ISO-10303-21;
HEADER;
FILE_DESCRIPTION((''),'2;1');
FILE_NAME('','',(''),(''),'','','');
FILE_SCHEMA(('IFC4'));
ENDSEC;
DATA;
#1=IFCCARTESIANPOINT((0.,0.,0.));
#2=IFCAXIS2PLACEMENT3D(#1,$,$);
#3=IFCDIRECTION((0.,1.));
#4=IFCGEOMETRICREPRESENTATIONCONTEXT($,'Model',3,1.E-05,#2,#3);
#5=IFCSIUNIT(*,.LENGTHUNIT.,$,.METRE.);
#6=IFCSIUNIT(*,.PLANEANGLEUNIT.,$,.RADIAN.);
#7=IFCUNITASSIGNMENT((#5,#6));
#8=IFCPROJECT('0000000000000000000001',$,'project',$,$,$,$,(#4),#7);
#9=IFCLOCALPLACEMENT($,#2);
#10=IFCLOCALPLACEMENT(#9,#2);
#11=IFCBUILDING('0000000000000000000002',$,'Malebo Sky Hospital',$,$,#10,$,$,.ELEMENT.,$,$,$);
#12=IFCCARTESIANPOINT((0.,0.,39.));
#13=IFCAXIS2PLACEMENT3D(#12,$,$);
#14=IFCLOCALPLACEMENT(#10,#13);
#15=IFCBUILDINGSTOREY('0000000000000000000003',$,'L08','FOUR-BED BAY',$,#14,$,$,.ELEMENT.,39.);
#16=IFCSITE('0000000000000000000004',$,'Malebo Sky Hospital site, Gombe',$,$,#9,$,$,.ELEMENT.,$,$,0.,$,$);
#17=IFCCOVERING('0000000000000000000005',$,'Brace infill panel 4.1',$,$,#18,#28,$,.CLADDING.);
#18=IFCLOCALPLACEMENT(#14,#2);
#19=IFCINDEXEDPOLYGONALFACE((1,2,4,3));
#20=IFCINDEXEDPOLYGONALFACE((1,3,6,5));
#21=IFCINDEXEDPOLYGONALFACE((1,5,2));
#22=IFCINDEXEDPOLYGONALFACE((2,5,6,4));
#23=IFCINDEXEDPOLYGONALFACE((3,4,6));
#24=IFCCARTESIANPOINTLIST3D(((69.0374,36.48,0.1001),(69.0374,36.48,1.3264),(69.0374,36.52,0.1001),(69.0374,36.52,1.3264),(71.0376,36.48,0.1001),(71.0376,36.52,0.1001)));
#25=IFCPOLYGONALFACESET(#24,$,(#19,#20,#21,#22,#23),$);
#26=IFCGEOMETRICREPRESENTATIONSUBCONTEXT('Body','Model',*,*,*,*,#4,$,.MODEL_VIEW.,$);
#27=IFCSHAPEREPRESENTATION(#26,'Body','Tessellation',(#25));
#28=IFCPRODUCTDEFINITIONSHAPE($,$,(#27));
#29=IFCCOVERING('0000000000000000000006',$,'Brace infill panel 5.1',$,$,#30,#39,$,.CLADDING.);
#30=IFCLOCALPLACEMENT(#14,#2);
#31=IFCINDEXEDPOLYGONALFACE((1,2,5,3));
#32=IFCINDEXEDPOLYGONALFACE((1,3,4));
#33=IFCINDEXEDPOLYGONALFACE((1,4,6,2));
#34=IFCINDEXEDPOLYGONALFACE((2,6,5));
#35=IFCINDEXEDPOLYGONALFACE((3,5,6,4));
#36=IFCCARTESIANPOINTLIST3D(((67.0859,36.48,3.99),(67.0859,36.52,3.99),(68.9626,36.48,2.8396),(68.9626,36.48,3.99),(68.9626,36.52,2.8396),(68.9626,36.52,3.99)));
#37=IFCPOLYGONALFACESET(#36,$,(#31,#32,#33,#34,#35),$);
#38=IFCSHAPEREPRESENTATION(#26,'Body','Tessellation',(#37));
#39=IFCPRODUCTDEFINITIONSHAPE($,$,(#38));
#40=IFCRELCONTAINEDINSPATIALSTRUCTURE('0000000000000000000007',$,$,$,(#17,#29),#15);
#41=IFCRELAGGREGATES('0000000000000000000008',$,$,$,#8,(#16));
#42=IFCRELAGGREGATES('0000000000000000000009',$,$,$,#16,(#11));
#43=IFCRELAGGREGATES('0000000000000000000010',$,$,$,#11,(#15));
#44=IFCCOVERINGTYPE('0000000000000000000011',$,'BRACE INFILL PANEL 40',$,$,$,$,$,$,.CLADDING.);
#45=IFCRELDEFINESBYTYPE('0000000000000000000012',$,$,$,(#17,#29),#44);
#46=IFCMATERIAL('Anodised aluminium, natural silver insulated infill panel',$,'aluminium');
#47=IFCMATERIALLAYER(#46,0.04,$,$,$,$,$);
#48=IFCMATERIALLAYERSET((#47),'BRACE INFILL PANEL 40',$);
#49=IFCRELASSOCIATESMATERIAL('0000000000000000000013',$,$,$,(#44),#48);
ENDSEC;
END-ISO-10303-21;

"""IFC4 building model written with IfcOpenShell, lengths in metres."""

from ifc_helpers import new_model, si_unit, direction, frame, origin, place, context, subcontext, project, spatial, polyline, outline, extrude, material, layer, layer_set, type_object, element, save


model = new_model("IFC4")

# Units and contexts
model_context = context("Model", 3, precision=1e-05, world=origin(), true_north=direction((0.0, 1.0)))
body_context = subcontext(model_context, "Body", "Model", "MODEL_VIEW")
ifc_project = project(units=[si_unit("LENGTHUNIT", "METRE"), si_unit("PLANEANGLEUNIT", "RADIAN")], contexts=[model_context])

# Site, building, storey
site_placement = place(None, origin())
site = spatial("IfcSite", under=ifc_project, at=site_placement, Name="Malebo Sky Hospital site, Gombe", CompositionType="ELEMENT", RefElevation=0.0)
building_placement = place(site_placement, origin())
building = spatial("IfcBuilding", under=site, at=building_placement, Name="Malebo Sky Hospital", CompositionType="ELEMENT")
storey_placement = place(building_placement, frame((0.0, 0.0, 39.0)))
storey = spatial("IfcBuildingStorey", under=building, at=storey_placement, Name="L08", Description="FOUR-BED BAY", CompositionType="ELEMENT", Elevation=39.0)

# Coverings
ifc_material_1 = material(Name="Anodised aluminium, natural silver insulated infill panel", Category="aluminium")
ifc_layer_1 = layer(ifc_material_1, 0.04)
ifc_layer_set_1 = layer_set([ifc_layer_1], Name="BRACE INFILL PANEL 40")
covering_type = type_object("IfcCoveringType", Name="BRACE INFILL PANEL 40", PredefinedType="CLADDING", material=ifc_layer_set_1)
covering_1_placement = place(storey_placement, frame((70.0376, 36.5, 0.1001), z_axis=(0.0, 0.0, 1.0), x_axis=(-1.0, 0.0, 0.0)))
element("IfcCovering", 1, at=covering_1_placement, inside=storey, type_object=covering_type, Name="Brace infill panel 4.1", PredefinedType="CLADDING", context=body_context, shape_type="SweptSolid", body=[
    extrude(outline(polyline([(-1.0, 0.0), (1.0002, 0.0), (1.0002, 1.2263), (-1.0, 0.0)])), frame((0.0, 0.02, 0.0), z_axis=(0.0, -1.0, 0.0), x_axis=(1.0, 0.0, 0.0)), (0.0, 0.0, 1.0), 0.04),
])
covering_2_placement = place(storey_placement, frame((68.0242, 36.5, 2.8396), z_axis=(0.0, 0.0, 1.0), x_axis=(-1.0, 0.0, 0.0)))
element("IfcCovering", 2, at=covering_2_placement, inside=storey, type_object=covering_type, Name="Brace infill panel 5.1", PredefinedType="CLADDING", context=body_context, shape_type="SweptSolid", body=[
    extrude(outline(polyline([(-0.9385, 0.0), (0.9382, 1.1504), (-0.9385, 1.1504), (-0.9385, 0.0)])), frame((0.0, 0.02, 0.0), z_axis=(0.0, -1.0, 0.0), x_axis=(1.0, 0.0, 0.0)), (0.0, 0.0, 1.0), 0.04),
])

save(model, "model.ifc")
